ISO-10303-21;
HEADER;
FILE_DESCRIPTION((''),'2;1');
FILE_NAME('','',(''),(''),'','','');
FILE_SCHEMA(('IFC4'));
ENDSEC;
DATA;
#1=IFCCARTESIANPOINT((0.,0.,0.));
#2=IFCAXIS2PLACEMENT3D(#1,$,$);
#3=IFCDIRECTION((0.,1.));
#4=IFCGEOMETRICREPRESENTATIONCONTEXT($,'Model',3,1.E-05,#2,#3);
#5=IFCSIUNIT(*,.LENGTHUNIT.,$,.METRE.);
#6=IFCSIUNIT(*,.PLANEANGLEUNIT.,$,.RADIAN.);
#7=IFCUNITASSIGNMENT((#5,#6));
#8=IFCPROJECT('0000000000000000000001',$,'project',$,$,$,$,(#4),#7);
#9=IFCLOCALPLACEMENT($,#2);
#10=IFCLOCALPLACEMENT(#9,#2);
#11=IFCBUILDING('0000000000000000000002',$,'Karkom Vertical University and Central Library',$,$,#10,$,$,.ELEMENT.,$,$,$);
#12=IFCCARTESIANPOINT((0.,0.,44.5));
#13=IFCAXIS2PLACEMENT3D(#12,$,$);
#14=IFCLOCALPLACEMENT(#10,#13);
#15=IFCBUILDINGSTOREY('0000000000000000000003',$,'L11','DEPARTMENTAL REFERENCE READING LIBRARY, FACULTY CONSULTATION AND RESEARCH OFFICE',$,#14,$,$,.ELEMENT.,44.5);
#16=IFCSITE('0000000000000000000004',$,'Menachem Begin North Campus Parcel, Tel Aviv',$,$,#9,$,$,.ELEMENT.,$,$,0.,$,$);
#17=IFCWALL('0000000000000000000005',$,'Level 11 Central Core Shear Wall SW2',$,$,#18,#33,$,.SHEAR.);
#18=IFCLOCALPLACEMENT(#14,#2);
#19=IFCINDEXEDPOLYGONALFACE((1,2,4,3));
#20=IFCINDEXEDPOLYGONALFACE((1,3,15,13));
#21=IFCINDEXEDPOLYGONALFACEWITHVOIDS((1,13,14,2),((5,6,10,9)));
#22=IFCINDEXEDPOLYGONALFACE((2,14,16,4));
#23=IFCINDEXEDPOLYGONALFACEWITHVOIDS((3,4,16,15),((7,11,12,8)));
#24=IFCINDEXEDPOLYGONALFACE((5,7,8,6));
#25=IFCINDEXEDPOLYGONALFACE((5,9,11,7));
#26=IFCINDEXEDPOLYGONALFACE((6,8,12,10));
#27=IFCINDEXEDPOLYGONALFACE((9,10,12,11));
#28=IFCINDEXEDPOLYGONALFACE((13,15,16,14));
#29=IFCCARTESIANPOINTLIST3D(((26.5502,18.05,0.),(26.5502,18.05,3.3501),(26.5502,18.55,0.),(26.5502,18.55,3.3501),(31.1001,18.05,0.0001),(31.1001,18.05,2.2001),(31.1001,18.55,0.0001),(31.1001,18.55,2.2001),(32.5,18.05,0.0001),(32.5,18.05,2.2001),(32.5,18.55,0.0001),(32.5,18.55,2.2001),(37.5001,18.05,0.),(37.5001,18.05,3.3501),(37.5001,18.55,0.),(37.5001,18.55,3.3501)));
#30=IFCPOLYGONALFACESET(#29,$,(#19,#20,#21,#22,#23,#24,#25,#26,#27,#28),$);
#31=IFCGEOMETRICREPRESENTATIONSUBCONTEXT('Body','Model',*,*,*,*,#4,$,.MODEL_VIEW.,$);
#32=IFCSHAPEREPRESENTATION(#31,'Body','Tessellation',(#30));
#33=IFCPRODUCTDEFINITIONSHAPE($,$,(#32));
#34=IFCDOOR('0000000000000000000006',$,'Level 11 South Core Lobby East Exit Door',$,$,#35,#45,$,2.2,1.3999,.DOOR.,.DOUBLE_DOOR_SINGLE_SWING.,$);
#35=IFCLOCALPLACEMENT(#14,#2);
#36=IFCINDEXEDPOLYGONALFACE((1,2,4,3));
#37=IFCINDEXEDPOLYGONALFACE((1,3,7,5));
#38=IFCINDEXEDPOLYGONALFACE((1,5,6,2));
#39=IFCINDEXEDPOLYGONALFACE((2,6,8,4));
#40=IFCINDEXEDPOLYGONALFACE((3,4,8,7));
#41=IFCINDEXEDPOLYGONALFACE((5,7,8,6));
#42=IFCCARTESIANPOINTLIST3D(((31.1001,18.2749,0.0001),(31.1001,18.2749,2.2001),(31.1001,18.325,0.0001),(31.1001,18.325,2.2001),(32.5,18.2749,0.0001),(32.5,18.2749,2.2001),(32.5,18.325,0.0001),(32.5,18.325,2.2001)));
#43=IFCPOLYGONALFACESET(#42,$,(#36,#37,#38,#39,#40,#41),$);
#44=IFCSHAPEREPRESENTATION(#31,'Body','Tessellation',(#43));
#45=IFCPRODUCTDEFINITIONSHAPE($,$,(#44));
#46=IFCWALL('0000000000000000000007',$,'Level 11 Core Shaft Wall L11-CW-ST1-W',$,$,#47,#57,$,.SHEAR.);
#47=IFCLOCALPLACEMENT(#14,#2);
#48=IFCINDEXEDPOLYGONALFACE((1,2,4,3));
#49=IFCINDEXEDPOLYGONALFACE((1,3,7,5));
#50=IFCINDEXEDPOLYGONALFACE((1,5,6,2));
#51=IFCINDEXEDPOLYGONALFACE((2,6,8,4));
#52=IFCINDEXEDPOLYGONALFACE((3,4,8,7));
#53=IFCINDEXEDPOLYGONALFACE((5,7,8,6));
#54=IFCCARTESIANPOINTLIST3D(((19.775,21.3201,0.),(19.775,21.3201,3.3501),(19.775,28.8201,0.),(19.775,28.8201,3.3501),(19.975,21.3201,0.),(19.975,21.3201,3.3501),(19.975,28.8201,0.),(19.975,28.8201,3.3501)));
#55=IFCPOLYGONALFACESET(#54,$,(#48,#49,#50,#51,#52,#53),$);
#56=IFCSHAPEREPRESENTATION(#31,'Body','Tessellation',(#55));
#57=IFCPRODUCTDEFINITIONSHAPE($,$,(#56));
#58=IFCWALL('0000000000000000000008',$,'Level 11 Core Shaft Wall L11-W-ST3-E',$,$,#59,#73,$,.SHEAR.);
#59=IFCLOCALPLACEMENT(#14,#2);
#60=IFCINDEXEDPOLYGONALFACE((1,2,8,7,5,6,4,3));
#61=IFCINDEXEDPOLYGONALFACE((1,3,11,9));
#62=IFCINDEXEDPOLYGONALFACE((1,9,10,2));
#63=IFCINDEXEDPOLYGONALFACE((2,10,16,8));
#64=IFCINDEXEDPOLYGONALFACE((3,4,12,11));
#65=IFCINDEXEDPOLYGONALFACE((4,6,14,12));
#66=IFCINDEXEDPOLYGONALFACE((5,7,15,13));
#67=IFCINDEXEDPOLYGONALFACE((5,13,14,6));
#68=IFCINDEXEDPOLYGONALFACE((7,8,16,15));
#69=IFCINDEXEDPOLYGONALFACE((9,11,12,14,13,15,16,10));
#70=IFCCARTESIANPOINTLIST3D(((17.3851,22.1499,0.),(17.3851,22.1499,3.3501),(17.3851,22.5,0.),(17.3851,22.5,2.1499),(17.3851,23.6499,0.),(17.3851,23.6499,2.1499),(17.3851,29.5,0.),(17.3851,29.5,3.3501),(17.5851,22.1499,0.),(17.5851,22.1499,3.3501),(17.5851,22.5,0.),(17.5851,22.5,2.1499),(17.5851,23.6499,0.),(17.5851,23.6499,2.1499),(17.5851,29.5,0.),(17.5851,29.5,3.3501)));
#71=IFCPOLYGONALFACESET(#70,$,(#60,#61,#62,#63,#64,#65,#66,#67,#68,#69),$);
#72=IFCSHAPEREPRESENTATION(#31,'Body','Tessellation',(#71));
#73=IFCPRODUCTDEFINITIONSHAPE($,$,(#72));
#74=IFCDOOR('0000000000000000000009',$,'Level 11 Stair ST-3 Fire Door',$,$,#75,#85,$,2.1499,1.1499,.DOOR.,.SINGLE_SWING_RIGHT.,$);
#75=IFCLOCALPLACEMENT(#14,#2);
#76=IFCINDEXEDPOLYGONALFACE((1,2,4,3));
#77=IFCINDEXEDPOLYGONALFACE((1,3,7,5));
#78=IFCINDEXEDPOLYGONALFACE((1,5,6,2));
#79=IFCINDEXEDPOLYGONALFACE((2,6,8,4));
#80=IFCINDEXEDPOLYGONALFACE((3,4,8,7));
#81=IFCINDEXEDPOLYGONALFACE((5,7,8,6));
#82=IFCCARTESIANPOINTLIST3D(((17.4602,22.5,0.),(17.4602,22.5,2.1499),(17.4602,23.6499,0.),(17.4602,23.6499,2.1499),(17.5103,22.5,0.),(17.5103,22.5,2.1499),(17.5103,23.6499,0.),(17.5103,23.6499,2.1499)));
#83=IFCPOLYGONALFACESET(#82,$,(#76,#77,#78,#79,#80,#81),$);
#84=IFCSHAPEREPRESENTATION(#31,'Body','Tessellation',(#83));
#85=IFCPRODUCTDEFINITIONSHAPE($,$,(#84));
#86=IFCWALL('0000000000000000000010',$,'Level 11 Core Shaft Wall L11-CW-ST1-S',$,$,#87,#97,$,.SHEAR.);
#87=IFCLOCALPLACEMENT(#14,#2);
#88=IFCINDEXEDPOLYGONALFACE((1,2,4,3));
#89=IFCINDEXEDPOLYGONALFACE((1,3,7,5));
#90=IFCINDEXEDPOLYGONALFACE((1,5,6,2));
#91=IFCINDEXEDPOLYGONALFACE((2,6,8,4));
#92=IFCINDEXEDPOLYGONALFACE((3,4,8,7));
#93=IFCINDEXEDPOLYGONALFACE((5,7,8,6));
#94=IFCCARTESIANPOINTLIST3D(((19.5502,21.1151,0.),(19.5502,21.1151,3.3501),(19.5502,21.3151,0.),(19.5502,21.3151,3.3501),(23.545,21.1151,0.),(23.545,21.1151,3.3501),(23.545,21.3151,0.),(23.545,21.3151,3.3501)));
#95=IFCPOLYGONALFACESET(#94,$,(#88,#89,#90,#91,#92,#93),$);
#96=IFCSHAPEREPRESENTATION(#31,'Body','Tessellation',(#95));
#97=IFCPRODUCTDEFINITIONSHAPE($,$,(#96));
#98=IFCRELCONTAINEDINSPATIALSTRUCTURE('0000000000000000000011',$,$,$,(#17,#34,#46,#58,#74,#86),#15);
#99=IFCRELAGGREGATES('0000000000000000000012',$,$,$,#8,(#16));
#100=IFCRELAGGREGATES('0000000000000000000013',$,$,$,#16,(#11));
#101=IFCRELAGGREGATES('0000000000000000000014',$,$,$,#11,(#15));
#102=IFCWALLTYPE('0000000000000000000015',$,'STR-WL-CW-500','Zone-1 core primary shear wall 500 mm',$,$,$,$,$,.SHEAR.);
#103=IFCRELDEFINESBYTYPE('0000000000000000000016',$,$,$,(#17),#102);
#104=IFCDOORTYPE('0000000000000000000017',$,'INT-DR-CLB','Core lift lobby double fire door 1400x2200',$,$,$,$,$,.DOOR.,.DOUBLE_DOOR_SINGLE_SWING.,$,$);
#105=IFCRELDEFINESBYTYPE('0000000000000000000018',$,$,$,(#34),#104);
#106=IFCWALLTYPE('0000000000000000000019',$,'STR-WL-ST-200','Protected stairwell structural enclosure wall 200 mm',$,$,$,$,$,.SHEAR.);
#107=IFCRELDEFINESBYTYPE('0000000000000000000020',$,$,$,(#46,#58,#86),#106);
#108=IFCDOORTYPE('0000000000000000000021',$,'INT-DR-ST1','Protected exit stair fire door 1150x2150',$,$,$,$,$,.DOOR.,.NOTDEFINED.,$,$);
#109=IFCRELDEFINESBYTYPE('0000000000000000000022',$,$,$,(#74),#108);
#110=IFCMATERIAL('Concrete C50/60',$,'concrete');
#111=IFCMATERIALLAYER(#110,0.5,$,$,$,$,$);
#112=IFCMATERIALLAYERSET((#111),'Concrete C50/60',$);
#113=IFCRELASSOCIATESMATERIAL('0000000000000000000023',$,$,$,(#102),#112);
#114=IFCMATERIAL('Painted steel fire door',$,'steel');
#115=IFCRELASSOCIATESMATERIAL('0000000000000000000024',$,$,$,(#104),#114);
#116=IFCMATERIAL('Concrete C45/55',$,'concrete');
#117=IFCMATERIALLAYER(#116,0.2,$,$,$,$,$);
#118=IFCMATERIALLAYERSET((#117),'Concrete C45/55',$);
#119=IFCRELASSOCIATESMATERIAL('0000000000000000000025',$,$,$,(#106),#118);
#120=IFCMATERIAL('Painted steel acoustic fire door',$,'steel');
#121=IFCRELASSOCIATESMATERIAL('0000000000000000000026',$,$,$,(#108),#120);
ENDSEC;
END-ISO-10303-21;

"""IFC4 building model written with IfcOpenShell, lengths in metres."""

from ifc_helpers import new_model, si_unit, direction, frame, frame_2d, origin, origin_with_axes, place, context, subcontext, project, spatial, rectangle, extrude, source, transform, mapped, material, layer, layer_set, type_object, element, fill, save


model = new_model("IFC4")

# Units and contexts
model_context = context("Model", 3, precision=1e-05, world=origin(), true_north=direction((0.0, 1.0)))
body_context = subcontext(model_context, "Body", "Model", "MODEL_VIEW")
ifc_project = project(units=[si_unit("LENGTHUNIT", "METRE"), si_unit("PLANEANGLEUNIT", "RADIAN")], contexts=[model_context])

# Site, building, storey
site_placement = place(None, origin())
site = spatial("IfcSite", under=ifc_project, at=site_placement, Name="Menachem Begin North Campus Parcel, Tel Aviv", CompositionType="ELEMENT", RefElevation=0.0)
building_placement = place(site_placement, origin())
building = spatial("IfcBuilding", under=site, at=building_placement, Name="Karkom Vertical University and Central Library", CompositionType="ELEMENT")
storey_placement = place(building_placement, frame((0.0, 0.0, 44.5)))
storey = spatial("IfcBuildingStorey", under=building, at=storey_placement, Name="L11", Description="DEPARTMENTAL REFERENCE READING LIBRARY, FACULTY CONSULTATION AND RESEARCH OFFICE", CompositionType="ELEMENT", Elevation=44.5)

# Shared definitions
ifc_material_1 = material(Name="Concrete C50/60", Category="concrete")

# Wall, opening, door
ifc_layer_1 = layer(ifc_material_1, 0.5)
ifc_layer_set_1 = layer_set([ifc_layer_1], Name="Concrete C50/60")
wall_type_1 = type_object("IfcWallType", Name="STR-WL-CW-500", Description="Zone-1 core primary shear wall 500 mm", PredefinedType="SHEAR", material=ifc_layer_set_1)
ifc_material_2 = material(Name="Painted steel fire door", Category="steel")
door_type_1 = type_object("IfcDoorType", Name="INT-DR-CLB", Description="Core lift lobby double fire door 1400x2200", OperationType="DOUBLE_DOOR_SINGLE_SWING", PredefinedType="DOOR", material=ifc_material_2)
shared_shape_1 = source(origin_with_axes(), body_context, "Body", "SweptSolid", [
    extrude(rectangle(XDim=1.3999, YDim=2.2, at=frame_2d((0.7, 1.1001))), frame((0.0, 0.0249, 0.0), z_axis=(0.0, -1.0, 0.0), x_axis=(1.0, 0.0, 0.0)), (0.0, 0.0, 1.0), 0.05),
])
wall_1_placement = place(storey_placement, frame((26.55, 18.3, 0.0), z_axis=(0.0, 0.0, 1.0), x_axis=(1.0, 0.0, 0.0)))
wall_1 = element("IfcWall", 1, at=wall_1_placement, inside=storey, type_object=wall_type_1, Name="Level 11 Central Core Shear Wall SW2", PredefinedType="SHEAR", context=body_context, shape_type="SweptSolid", body=[
    extrude(rectangle(XDim=10.95, YDim=0.5, at=frame_2d((5.4751, 0.0))), origin(), (0.0, 0.0, 1.0), 3.3501),
])
opening_1_placement = place(wall_1_placement, frame((4.55, 0.0, 0.0)))
opening_1 = element("IfcOpeningElement", 2, at=opening_1_placement, cuts=wall_1, PredefinedType="OPENING", context=body_context, shape_type="SweptSolid", body=[
    extrude(rectangle(XDim=1.3999, YDim=2.2, at=frame_2d((0.7, 1.1001))), frame((0.0, 0.26, 0.0), z_axis=(0.0, -1.0, 0.0), x_axis=(1.0, 0.0, 0.0)), (0.0, 0.0, 1.0), 0.52),
])
door_1_placement = place(opening_1_placement, origin())
door_1 = element("IfcDoor", 3, at=door_1_placement, inside=storey, type_object=door_type_1, Name="Level 11 South Core Lobby East Exit Door", OperationType="DOUBLE_DOOR_SINGLE_SWING", OverallHeight=2.2, OverallWidth=1.3999, PredefinedType="DOOR", context=body_context, shape_type="MappedRepresentation", body=[
    mapped(shared_shape_1, transform((0.0, 0.0, 0.0), scale=1.0)),
])
fill(opening_1, door_1)

# Shared definitions
ifc_material_3 = material(Name="Concrete C45/55", Category="concrete")
ifc_layer_2 = layer(ifc_material_3, 0.2)
ifc_layer_set_2 = layer_set([ifc_layer_2], Name="Concrete C45/55")
wall_type_2 = type_object("IfcWallType", Name="STR-WL-ST-200", Description="Protected stairwell structural enclosure wall 200 mm", PredefinedType="SHEAR", material=ifc_layer_set_2)
ifc_material_4 = material(Name="Painted steel acoustic fire door", Category="steel")
door_type_2 = type_object("IfcDoorType", Name="INT-DR-ST1", Description="Protected exit stair fire door 1150x2150", OperationType="NOTDEFINED", PredefinedType="DOOR", material=ifc_material_4)
shared_shape_2 = source(origin_with_axes(), body_context, "Body", "SweptSolid", [
    extrude(rectangle(XDim=1.1499, YDim=2.1499, at=frame_2d((0.575, 1.075))), frame((0.0, 0.0249, 0.0), z_axis=(0.0, -1.0, 0.0), x_axis=(1.0, 0.0, 0.0)), (0.0, 0.0, 1.0), 0.05),
])

# Wall
wall_2_placement = place(storey_placement, frame((19.875, 21.3201, 0.0), z_axis=(0.0, 0.0, 1.0), x_axis=(0.0, 1.0, 0.0)))
element("IfcWall", 4, at=wall_2_placement, inside=storey, type_object=wall_type_2, Name="Level 11 Core Shaft Wall L11-CW-ST1-W", PredefinedType="SHEAR", context=body_context, shape_type="SweptSolid", body=[
    extrude(rectangle(XDim=7.5, YDim=0.2, at=frame_2d((3.75, 0.0))), origin(), (0.0, 0.0, 1.0), 3.3501),
])

# Wall, opening, door
wall_3_placement = place(storey_placement, frame((17.4851, 22.1499, 0.0), z_axis=(0.0, 0.0, 1.0), x_axis=(0.0, 1.0, 0.0)))
wall_3 = element("IfcWall", 5, at=wall_3_placement, inside=storey, type_object=wall_type_2, Name="Level 11 Core Shaft Wall L11-W-ST3-E", PredefinedType="SHEAR", context=body_context, shape_type="SweptSolid", body=[
    extrude(rectangle(XDim=7.3501, YDim=0.2, at=frame_2d((3.675, 0.0))), origin(), (0.0, 0.0, 1.0), 3.3501),
])
opening_2_placement = place(wall_3_placement, frame((0.3501, 0.0, 0.0)))
opening_2 = element("IfcOpeningElement", 6, at=opening_2_placement, cuts=wall_3, PredefinedType="OPENING", context=body_context, shape_type="SweptSolid", body=[
    extrude(rectangle(XDim=1.1499, YDim=2.1499, at=frame_2d((0.575, 1.075))), frame((0.0, 0.1099, 0.0), z_axis=(0.0, -1.0, 0.0), x_axis=(1.0, 0.0, 0.0)), (0.0, 0.0, 1.0), 0.22),
])
door_2_placement = place(opening_2_placement, origin())
door_2 = element("IfcDoor", 7, at=door_2_placement, inside=storey, type_object=door_type_2, Name="Level 11 Stair ST-3 Fire Door", OperationType="SINGLE_SWING_RIGHT", OverallHeight=2.1499, OverallWidth=1.1499, PredefinedType="DOOR", context=body_context, shape_type="MappedRepresentation", body=[
    mapped(shared_shape_2, transform((0.0, 0.0, 0.0), scale=1.0)),
])
fill(opening_2, door_2)

# Wall
wall_4_placement = place(storey_placement, frame((19.55, 21.2151, 0.0), z_axis=(0.0, 0.0, 1.0), x_axis=(1.0, 0.0, 0.0)))
element("IfcWall", 8, at=wall_4_placement, inside=storey, type_object=wall_type_2, Name="Level 11 Core Shaft Wall L11-CW-ST1-S", PredefinedType="SHEAR", context=body_context, shape_type="SweptSolid", body=[
    extrude(rectangle(XDim=3.9949, YDim=0.2, at=frame_2d((1.9976, 0.0))), origin(), (0.0, 0.0, 1.0), 3.3501),
])

save(model, "model.ifc")
